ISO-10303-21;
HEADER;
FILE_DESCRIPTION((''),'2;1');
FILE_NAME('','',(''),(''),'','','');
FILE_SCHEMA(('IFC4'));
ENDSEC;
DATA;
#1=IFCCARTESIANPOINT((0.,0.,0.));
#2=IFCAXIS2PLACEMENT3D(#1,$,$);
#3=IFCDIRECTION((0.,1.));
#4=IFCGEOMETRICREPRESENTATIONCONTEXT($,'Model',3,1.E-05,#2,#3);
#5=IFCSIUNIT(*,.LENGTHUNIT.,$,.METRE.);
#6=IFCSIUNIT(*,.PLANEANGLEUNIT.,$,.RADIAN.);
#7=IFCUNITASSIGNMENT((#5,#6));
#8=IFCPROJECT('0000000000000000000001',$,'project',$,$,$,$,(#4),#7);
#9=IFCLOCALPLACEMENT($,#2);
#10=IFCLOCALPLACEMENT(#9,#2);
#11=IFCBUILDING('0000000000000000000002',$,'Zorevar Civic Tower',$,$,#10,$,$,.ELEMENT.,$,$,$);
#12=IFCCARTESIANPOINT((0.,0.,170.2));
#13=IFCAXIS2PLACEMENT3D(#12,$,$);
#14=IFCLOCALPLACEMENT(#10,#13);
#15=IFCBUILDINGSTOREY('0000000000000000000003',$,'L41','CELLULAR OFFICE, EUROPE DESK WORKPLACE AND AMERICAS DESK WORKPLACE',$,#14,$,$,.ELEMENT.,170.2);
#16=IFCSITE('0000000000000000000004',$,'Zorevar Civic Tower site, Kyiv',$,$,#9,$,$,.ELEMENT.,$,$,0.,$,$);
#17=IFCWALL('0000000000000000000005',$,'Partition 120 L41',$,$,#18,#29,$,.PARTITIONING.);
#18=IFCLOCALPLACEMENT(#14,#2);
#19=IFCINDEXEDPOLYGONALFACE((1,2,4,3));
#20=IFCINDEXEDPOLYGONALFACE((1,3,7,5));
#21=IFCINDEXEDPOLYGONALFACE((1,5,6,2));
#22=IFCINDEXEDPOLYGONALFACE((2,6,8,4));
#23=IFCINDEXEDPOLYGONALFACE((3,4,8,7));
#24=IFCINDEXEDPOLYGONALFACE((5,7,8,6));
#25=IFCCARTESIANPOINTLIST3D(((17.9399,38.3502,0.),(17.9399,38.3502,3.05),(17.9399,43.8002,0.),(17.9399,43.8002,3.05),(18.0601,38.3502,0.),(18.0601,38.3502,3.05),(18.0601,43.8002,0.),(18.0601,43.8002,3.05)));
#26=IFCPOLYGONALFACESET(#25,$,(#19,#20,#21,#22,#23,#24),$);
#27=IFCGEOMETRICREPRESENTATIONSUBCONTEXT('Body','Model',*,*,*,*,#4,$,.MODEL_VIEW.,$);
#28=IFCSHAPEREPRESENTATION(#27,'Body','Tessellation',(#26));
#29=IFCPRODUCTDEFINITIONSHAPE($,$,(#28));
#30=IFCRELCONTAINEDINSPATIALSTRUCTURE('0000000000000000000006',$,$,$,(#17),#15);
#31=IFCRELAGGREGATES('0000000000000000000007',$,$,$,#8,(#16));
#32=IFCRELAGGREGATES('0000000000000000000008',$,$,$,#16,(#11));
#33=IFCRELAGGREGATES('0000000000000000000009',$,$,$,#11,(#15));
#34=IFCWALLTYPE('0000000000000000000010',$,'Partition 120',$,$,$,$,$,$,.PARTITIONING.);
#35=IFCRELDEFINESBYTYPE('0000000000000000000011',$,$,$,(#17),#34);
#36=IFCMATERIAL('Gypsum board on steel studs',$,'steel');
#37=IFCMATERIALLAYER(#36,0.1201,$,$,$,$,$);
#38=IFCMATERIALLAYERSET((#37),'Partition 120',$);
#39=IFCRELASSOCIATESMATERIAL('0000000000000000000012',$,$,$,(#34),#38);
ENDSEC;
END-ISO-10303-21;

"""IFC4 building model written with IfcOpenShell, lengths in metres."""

from ifc_helpers import new_model, si_unit, direction, frame, frame_2d, origin, place, context, subcontext, project, spatial, rectangle, extrude, material, layer, layer_set, type_object, element, save


model = new_model("IFC4")

# Units and contexts
model_context = context("Model", 3, precision=1e-05, world=origin(), true_north=direction((0.0, 1.0)))
body_context = subcontext(model_context, "Body", "Model", "MODEL_VIEW")
ifc_project = project(units=[si_unit("LENGTHUNIT", "METRE"), si_unit("PLANEANGLEUNIT", "RADIAN")], contexts=[model_context])

# Site, building, storey
site_placement = place(None, origin())
site = spatial("IfcSite", under=ifc_project, at=site_placement, Name="Zorevar Civic Tower site, Kyiv", CompositionType="ELEMENT", RefElevation=0.0)
building_placement = place(site_placement, origin())
building = spatial("IfcBuilding", under=site, at=building_placement, Name="Zorevar Civic Tower", CompositionType="ELEMENT")
storey_placement = place(building_placement, frame((0.0, 0.0, 170.2)))
storey = spatial("IfcBuildingStorey", under=building, at=storey_placement, Name="L41", Description="CELLULAR OFFICE, EUROPE DESK WORKPLACE AND AMERICAS DESK WORKPLACE", CompositionType="ELEMENT", Elevation=170.2)

# Shared definitions
ifc_material_1 = material(Name="Gypsum board on steel studs", Category="steel")
ifc_layer_1 = layer(ifc_material_1, 0.1201)
ifc_layer_set_1 = layer_set([ifc_layer_1], Name="Partition 120")
wall_type_1 = type_object("IfcWallType", Name="Partition 120", PredefinedType="PARTITIONING", material=ifc_layer_set_1)

# Wall
wall_1_placement = place(storey_placement, frame((18.0, 38.3501, 0.0), z_axis=(0.0, 0.0, 1.0), x_axis=(0.0, 1.0, 0.0)))
element("IfcWall", 1, at=wall_1_placement, inside=storey, type_object=wall_type_1, Name="Partition 120 L41", PredefinedType="PARTITIONING", context=body_context, shape_type="SweptSolid", body=[
    extrude(rectangle(XDim=5.45, YDim=0.1201, at=frame_2d((2.7251, 0.0))), origin(), (0.0, 0.0, 1.0), 3.05),
])

save(model, "model.ifc")
